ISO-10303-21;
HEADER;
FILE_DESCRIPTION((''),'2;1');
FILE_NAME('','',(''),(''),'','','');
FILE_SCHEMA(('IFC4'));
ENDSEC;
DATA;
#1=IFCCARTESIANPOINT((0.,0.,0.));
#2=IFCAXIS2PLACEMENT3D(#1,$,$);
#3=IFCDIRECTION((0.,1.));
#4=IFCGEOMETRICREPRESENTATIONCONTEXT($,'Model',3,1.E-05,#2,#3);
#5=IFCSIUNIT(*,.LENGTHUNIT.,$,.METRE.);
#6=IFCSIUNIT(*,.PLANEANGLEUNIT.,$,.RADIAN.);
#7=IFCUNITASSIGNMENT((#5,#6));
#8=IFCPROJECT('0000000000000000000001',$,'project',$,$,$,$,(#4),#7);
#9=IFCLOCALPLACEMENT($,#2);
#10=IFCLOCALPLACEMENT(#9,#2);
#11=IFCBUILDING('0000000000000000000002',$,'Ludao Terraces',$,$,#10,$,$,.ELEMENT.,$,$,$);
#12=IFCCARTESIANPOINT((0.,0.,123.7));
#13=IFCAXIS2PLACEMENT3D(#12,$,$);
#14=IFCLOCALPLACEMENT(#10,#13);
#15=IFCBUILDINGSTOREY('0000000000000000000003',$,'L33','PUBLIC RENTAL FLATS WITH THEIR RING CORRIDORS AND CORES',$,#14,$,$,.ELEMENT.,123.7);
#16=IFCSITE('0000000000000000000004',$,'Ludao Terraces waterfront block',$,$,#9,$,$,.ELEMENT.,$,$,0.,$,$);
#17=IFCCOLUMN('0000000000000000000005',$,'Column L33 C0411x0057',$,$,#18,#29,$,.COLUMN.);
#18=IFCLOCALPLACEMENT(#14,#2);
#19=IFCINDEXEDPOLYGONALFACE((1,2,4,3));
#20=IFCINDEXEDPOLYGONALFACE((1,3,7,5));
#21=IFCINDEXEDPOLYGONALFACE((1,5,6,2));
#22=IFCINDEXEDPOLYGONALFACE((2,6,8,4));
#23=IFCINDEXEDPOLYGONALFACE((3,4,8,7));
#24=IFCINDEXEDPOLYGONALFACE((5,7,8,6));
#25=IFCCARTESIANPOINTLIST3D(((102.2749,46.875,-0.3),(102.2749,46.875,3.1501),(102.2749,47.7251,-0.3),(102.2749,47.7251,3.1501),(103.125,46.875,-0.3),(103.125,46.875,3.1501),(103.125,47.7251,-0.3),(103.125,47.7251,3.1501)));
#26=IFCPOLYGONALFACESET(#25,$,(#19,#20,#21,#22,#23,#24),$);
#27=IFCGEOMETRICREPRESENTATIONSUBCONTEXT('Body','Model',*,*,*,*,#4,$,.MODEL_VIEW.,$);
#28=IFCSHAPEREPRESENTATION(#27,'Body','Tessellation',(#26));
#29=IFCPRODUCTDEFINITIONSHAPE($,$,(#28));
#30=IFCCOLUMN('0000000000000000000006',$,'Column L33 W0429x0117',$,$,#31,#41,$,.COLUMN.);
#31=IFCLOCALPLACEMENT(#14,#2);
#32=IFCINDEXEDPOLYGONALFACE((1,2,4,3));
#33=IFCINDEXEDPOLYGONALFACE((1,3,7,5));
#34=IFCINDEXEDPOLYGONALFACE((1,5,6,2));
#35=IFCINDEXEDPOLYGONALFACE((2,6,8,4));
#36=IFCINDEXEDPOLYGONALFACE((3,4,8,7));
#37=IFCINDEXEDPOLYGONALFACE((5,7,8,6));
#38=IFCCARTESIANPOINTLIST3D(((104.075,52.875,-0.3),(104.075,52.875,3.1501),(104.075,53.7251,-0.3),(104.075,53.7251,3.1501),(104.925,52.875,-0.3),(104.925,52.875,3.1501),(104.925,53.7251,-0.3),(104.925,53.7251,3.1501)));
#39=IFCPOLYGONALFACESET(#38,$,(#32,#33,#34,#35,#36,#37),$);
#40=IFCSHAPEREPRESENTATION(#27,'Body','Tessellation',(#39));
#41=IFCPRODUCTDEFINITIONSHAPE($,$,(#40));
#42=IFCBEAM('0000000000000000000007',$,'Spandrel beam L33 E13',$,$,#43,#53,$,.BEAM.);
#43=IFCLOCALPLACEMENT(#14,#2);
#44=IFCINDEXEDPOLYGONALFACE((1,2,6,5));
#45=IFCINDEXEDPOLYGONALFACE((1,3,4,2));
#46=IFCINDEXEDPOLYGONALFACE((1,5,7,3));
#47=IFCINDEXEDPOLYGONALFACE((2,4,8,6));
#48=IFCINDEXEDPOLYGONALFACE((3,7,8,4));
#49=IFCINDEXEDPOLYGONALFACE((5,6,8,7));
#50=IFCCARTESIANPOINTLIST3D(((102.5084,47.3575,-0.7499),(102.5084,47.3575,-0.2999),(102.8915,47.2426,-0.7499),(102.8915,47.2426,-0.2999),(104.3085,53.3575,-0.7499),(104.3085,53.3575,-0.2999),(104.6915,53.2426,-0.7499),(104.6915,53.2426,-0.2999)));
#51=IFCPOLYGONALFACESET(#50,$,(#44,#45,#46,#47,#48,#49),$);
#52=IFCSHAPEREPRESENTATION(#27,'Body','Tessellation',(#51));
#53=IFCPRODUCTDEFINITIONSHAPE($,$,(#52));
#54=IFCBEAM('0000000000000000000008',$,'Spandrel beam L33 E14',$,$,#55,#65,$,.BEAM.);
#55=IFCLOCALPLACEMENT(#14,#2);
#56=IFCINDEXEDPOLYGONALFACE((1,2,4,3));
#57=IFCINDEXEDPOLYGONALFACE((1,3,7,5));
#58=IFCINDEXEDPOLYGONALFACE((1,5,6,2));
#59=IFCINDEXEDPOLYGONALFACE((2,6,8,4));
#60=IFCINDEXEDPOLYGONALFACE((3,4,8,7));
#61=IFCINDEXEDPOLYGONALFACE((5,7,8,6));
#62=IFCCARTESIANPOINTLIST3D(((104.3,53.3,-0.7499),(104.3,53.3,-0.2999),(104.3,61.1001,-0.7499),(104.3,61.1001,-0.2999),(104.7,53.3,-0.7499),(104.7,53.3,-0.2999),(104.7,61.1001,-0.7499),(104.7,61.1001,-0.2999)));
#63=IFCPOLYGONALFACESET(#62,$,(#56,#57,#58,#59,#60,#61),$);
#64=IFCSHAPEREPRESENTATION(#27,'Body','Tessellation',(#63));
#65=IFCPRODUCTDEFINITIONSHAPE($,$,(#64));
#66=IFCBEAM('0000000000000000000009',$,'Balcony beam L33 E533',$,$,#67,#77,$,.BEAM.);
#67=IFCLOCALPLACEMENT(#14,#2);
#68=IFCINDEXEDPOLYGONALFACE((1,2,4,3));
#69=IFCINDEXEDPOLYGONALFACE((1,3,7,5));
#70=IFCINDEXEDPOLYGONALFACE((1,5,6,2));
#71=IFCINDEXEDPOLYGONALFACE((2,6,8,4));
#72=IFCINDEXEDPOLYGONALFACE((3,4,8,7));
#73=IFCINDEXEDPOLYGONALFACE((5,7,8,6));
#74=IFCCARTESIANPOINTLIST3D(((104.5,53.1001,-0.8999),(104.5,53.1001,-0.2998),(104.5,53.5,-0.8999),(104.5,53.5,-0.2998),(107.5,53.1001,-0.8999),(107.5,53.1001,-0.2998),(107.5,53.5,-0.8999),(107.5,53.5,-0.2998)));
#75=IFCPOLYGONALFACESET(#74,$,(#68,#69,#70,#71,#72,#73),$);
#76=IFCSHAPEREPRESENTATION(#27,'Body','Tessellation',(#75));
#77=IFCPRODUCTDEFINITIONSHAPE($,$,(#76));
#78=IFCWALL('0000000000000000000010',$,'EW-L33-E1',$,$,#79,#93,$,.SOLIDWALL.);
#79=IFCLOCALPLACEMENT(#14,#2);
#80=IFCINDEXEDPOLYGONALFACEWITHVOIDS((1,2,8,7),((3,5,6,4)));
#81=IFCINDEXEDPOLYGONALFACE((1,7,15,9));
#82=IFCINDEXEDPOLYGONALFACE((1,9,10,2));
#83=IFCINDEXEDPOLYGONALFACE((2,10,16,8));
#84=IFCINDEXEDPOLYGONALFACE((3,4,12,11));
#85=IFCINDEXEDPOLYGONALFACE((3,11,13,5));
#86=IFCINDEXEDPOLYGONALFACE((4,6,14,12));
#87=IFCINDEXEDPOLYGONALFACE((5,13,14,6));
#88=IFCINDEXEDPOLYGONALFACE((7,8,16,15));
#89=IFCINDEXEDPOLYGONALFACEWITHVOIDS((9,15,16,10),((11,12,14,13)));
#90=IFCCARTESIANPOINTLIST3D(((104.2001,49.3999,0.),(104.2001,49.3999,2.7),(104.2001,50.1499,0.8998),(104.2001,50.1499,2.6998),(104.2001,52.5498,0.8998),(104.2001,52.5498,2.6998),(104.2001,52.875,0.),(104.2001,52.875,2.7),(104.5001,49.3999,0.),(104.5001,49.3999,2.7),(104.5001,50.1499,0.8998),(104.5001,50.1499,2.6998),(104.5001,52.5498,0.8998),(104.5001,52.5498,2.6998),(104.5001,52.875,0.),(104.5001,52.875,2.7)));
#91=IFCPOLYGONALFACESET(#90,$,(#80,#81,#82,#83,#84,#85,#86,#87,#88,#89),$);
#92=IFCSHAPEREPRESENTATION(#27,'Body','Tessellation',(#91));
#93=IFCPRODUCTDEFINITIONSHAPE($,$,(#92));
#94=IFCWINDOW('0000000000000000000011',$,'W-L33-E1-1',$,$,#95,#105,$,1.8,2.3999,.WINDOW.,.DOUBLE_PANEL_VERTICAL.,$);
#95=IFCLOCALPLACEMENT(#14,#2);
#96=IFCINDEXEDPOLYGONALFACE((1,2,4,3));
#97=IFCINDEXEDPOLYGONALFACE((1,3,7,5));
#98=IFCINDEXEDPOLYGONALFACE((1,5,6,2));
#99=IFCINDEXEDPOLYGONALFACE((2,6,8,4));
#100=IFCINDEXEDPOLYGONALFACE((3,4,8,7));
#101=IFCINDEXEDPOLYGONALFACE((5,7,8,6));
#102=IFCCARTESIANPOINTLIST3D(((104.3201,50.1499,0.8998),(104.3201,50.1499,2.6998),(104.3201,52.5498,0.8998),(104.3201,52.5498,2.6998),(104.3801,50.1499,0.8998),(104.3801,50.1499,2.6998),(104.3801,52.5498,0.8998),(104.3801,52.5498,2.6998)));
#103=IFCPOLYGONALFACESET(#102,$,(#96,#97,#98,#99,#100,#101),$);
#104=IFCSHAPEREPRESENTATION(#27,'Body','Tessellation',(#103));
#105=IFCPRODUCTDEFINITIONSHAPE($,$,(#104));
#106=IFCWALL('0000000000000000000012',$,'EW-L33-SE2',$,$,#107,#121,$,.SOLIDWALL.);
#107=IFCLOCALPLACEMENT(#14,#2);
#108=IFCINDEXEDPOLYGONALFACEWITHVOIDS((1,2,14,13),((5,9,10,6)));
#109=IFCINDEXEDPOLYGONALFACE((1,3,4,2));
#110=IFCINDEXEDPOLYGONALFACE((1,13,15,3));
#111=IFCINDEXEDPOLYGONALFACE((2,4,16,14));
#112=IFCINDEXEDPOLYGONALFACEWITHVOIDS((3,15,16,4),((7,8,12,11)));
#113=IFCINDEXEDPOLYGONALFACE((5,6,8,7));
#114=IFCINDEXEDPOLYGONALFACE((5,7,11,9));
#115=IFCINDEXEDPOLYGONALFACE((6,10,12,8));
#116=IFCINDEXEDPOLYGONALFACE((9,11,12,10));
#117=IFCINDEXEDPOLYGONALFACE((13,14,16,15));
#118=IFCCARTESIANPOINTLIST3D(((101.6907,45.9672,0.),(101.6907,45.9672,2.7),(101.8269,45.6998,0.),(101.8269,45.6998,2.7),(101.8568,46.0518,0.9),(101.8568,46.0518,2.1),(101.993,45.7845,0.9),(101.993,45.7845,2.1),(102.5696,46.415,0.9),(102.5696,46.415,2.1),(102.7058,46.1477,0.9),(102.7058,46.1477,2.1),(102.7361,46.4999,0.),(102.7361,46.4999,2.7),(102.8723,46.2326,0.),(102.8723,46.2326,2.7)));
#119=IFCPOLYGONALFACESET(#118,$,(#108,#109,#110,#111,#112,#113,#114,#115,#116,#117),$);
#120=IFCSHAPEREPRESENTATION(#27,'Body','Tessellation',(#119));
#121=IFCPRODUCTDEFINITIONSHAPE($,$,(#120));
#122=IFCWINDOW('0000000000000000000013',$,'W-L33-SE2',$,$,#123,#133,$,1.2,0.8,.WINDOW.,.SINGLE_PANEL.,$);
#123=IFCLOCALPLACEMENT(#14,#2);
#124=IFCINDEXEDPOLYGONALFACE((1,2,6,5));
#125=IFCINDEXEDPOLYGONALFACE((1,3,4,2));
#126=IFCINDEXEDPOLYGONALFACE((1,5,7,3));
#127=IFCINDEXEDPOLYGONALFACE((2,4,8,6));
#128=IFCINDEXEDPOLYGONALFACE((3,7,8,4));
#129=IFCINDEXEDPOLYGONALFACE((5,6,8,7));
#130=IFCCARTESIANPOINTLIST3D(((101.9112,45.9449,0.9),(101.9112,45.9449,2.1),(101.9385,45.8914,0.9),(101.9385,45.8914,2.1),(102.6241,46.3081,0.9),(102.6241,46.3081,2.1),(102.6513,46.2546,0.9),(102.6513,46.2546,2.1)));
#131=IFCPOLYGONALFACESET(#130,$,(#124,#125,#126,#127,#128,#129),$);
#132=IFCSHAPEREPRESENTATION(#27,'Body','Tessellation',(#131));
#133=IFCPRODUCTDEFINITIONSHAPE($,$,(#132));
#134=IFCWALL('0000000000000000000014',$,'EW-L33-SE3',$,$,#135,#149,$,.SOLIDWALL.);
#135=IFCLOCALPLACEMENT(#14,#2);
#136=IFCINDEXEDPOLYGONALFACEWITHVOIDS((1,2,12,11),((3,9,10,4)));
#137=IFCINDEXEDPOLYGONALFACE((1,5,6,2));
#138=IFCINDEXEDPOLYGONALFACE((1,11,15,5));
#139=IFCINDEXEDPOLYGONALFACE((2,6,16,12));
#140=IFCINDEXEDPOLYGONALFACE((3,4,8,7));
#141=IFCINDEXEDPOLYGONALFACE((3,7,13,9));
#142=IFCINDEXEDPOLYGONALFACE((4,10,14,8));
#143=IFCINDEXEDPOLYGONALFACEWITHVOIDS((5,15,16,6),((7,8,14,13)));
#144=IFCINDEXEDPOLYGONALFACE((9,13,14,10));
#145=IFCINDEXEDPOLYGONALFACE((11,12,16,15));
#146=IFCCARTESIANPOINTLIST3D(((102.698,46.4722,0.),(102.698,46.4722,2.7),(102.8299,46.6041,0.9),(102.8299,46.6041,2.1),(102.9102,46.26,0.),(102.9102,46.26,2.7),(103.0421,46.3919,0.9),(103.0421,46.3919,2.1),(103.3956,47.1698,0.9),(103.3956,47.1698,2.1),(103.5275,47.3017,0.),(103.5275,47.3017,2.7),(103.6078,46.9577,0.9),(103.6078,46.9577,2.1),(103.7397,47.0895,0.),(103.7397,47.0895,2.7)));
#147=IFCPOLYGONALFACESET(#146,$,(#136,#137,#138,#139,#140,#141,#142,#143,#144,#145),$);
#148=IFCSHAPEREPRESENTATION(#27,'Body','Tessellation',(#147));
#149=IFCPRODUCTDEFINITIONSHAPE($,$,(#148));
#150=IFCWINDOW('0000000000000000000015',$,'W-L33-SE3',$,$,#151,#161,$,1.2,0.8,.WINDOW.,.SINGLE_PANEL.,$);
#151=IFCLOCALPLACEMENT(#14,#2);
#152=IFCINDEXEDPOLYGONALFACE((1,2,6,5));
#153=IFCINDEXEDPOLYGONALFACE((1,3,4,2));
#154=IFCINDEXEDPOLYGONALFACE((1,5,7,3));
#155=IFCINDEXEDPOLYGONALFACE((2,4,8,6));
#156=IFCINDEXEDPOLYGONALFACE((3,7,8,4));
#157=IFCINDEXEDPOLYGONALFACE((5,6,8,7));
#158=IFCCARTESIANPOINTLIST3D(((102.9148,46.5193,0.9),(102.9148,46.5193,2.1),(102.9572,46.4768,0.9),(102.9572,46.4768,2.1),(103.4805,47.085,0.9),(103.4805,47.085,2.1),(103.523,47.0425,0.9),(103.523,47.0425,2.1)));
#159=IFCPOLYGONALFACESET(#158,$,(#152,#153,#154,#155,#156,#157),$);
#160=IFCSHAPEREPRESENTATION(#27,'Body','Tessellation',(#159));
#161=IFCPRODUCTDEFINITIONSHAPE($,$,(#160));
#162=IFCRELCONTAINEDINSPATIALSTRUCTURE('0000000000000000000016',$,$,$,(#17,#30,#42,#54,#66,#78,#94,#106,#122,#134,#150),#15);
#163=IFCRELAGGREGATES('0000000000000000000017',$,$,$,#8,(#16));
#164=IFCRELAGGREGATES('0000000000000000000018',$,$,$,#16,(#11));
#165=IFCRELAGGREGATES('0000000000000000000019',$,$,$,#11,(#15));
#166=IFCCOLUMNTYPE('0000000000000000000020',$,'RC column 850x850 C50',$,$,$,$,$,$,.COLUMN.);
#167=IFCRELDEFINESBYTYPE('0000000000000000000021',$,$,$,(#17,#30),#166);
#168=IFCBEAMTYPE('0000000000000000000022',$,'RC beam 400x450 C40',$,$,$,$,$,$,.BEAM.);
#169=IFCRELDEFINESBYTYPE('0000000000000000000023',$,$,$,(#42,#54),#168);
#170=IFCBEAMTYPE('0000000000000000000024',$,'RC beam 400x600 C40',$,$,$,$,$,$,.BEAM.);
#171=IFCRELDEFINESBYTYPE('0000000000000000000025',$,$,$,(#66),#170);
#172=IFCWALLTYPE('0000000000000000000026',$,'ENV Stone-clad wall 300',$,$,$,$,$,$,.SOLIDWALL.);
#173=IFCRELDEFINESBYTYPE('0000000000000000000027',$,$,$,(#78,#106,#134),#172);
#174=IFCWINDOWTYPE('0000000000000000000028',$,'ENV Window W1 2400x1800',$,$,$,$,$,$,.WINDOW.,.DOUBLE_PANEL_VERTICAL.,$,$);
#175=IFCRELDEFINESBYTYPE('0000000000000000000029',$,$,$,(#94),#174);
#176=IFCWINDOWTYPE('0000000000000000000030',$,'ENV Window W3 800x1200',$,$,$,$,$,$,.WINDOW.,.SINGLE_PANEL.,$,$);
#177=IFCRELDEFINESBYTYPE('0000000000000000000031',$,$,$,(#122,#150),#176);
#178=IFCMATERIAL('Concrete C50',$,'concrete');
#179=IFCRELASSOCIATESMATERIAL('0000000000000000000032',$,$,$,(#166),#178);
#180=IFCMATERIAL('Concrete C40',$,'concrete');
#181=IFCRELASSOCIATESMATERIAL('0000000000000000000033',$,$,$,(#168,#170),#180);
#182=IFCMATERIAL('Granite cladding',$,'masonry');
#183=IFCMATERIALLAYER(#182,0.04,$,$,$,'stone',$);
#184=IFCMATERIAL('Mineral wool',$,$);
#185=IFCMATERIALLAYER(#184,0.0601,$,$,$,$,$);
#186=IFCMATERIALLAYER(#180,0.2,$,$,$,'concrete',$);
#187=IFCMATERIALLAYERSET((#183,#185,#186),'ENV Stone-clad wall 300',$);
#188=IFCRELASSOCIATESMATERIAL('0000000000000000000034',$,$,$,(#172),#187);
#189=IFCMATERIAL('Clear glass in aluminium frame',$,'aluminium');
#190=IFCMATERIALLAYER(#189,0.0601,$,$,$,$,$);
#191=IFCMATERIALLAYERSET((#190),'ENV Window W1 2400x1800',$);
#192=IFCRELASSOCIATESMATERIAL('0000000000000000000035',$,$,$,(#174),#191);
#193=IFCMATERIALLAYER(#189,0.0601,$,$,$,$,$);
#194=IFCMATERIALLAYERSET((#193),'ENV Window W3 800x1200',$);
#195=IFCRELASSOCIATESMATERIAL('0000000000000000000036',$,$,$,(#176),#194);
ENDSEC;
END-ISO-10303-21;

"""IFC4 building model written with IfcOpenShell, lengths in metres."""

from ifc_helpers import new_model, si_unit, direction, frame, frame_2d, origin, origin_2d, place, context, subcontext, project, spatial, rectangle, extrude, material, layer, layer_set, material_profile, profile_set, type_object, element, fill, save


model = new_model("IFC4")

# Units and contexts
model_context = context("Model", 3, precision=1e-05, world=origin(), true_north=direction((0.0, 1.0)))
body_context = subcontext(model_context, "Body", "Model", "MODEL_VIEW")
ifc_project = project(units=[si_unit("LENGTHUNIT", "METRE"), si_unit("PLANEANGLEUNIT", "RADIAN")], contexts=[model_context])

# Site, building, storey
site_placement = place(None, origin())
site = spatial("IfcSite", under=ifc_project, at=site_placement, Name="Ludao Terraces waterfront block", CompositionType="ELEMENT", RefElevation=0.0)
building_placement = place(site_placement, origin())
building = spatial("IfcBuilding", under=site, at=building_placement, Name="Ludao Terraces", CompositionType="ELEMENT")
storey_placement = place(building_placement, frame((0.0, 0.0, 123.7)))
storey = spatial("IfcBuildingStorey", under=building, at=storey_placement, Name="L33", Description="PUBLIC RENTAL FLATS WITH THEIR RING CORRIDORS AND CORES", CompositionType="ELEMENT", Elevation=123.7)

# Columns
ifc_material_1 = material(Name="Concrete C50", Category="concrete")
ifc_material_profile_1 = material_profile(ifc_material_1, rectangle(XDim=0.8501, YDim=0.8501, at=origin_2d()), Name="850 X 850")
ifc_profile_set_1 = profile_set([ifc_material_profile_1], Name="Concrete C50")
column_type = type_object("IfcColumnType", Name="RC column 850x850 C50", PredefinedType="COLUMN", material=ifc_profile_set_1)
for number, where, z_axis, x_axis, name in (
    (1, (102.7, 47.3, -0.3), (0.0, 0.0, 1.0), (1.0, 0.0, 0.0), "Column L33 C0411x0057"),
    (2, (104.5, 53.3, -0.3), (0.0, 0.0, 1.0), (1.0, 0.0, 0.0), "Column L33 W0429x0117"),
):
    element("IfcColumn", number, at=place(storey_placement, frame(where, z_axis=z_axis, x_axis=x_axis)), inside=storey, type_object=column_type, Name=name, PredefinedType="COLUMN", context=body_context, shape_type="SweptSolid", body=[
        extrude(rectangle(XDim=0.8501, YDim=0.8501, at=origin_2d()), origin(), (0.0, 0.0, 1.0), 3.4502),
    ])

# Beams
ifc_material_2 = material(Name="Concrete C40", Category="concrete")
ifc_material_profile_2 = material_profile(ifc_material_2, rectangle(XDim=0.3999, YDim=0.45, at=origin_2d()), Name="400 X 450")
ifc_profile_set_2 = profile_set([ifc_material_profile_2], Name="Concrete C40")
beam_type_1 = type_object("IfcBeamType", Name="RC beam 400x450 C40", PredefinedType="BEAM", material=ifc_profile_set_2)
beam_1_placement = place(storey_placement, frame((102.7, 47.3, -0.5249), z_axis=(0.287355, 0.957824, 0.0), x_axis=(-0.957824, 0.287355, 0.0)))
element("IfcBeam", 3, at=beam_1_placement, inside=storey, type_object=beam_type_1, Name="Spandrel beam L33 E13", PredefinedType="BEAM", context=body_context, shape_type="SweptSolid", body=[
    extrude(rectangle(XDim=0.3999, YDim=0.45, at=origin_2d()), origin(), (0.0, 0.0, 1.0), 6.2642),
])
beam_2_placement = place(storey_placement, frame((104.5, 53.3, -0.5249), z_axis=(0.0, 1.0, 0.0), x_axis=(-1.0, 0.0, 0.0)))
element("IfcBeam", 4, at=beam_2_placement, inside=storey, type_object=beam_type_1, Name="Spandrel beam L33 E14", PredefinedType="BEAM", context=body_context, shape_type="SweptSolid", body=[
    extrude(rectangle(XDim=0.3999, YDim=0.45, at=origin_2d()), origin(), (0.0, 0.0, 1.0), 7.8),
])
ifc_material_profile_3 = material_profile(ifc_material_2, rectangle(XDim=0.3999, YDim=0.6001, at=origin_2d()), Name="400 X 600")
ifc_profile_set_3 = profile_set([ifc_material_profile_3], Name="Concrete C40")
beam_type_2 = type_object("IfcBeamType", Name="RC beam 400x600 C40", PredefinedType="BEAM", material=ifc_profile_set_3)
beam_3_placement = place(storey_placement, frame((104.5, 53.3, -0.5999), z_axis=(1.0, 0.0, 0.0), x_axis=(0.0, 1.0, 0.0)))
element("IfcBeam", 5, at=beam_3_placement, inside=storey, type_object=beam_type_2, Name="Balcony beam L33 E533", PredefinedType="BEAM", context=body_context, shape_type="SweptSolid", body=[
    extrude(rectangle(XDim=0.3999, YDim=0.6001, at=origin_2d()), origin(), (0.0, 0.0, 1.0), 3.0),
])

# Walls, openings, windows
ifc_material_3 = material(Name="Granite cladding", Category="masonry")
ifc_layer_1 = layer(ifc_material_3, 0.04, Category="stone")
ifc_material_4 = material(Name="Mineral wool")
ifc_layer_2 = layer(ifc_material_4, 0.0601)
ifc_layer_3 = layer(ifc_material_2, 0.2, Category="concrete")
ifc_layer_set_1 = layer_set([ifc_layer_1, ifc_layer_2, ifc_layer_3], Name="ENV Stone-clad wall 300")
wall_type = type_object("IfcWallType", Name="ENV Stone-clad wall 300", PredefinedType="SOLIDWALL", material=ifc_layer_set_1)
wall_1_placement = place(storey_placement, frame((104.3501, 49.3999, 0.0), z_axis=(0.0, 0.0, 1.0), x_axis=(0.0, 1.0, 0.0)))
wall_1 = element("IfcWall", 6, at=wall_1_placement, inside=storey, type_object=wall_type, Name="EW-L33-E1", PredefinedType="SOLIDWALL", context=body_context, shape_type="SweptSolid", body=[
    extrude(rectangle(XDim=3.4751, YDim=0.3, at=frame_2d((1.7375, 0.0))), origin(), (0.0, 0.0, 1.0), 2.7),
])
opening_1_placement = place(wall_1_placement, frame((0.75, 0.0, 0.8999)))
opening_1 = element("IfcOpeningElement", 7, at=opening_1_placement, cuts=wall_1, PredefinedType="OPENING", context=body_context, shape_type="SweptSolid", body=[
    extrude(rectangle(XDim=2.3999, YDim=1.8, at=frame_2d((1.2, 0.8999))), frame((0.0, 0.1602, 0.0), z_axis=(0.0, -1.0, 0.0), x_axis=(1.0, 0.0, 0.0)), (0.0, 0.0, 1.0), 0.3201),
])
ifc_material_5 = material(Name="Clear glass in aluminium frame", Category="aluminium")
ifc_layer_4 = layer(ifc_material_5, 0.0601)
ifc_layer_set_2 = layer_set([ifc_layer_4], Name="ENV Window W1 2400x1800")
window_type_1 = type_object("IfcWindowType", Name="ENV Window W1 2400x1800", PartitioningType="DOUBLE_PANEL_VERTICAL", PredefinedType="WINDOW", material=ifc_layer_set_2)
window_1_placement = place(opening_1_placement, origin())
window_1 = element("IfcWindow", 8, at=window_1_placement, inside=storey, type_object=window_type_1, Name="W-L33-E1-1", OverallHeight=1.8, OverallWidth=2.3999, PartitioningType="DOUBLE_PANEL_VERTICAL", PredefinedType="WINDOW", context=body_context, shape_type="SweptSolid", body=[
    extrude(rectangle(XDim=2.3999, YDim=1.8, at=frame_2d((1.2, 0.8999))), frame((0.0, 0.03, 0.0), z_axis=(0.0, -1.0, 0.0), x_axis=(1.0, 0.0, 0.0)), (0.0, 0.0, 1.0), 0.0601),
])
fill(opening_1, window_1)
wall_2_placement = place(storey_placement, frame((101.7588, 45.8335, 0.0), z_axis=(0.0, 0.0, 1.0), x_axis=(0.890989, 0.454026, 0.0)))
wall_2 = element("IfcWall", 9, at=wall_2_placement, inside=storey, type_object=wall_type, Name="EW-L33-SE2", PredefinedType="SOLIDWALL", context=body_context, shape_type="SweptSolid", body=[
    extrude(rectangle(XDim=1.1733, YDim=0.3, at=frame_2d((0.5867, 0.0))), origin(), (0.0, 0.0, 1.0), 2.7),
])
opening_2_placement = place(wall_2_placement, frame((0.1865, 0.0, 0.8999)))
opening_2 = element("IfcOpeningElement", 10, at=opening_2_placement, cuts=wall_2, PredefinedType="OPENING", context=body_context, shape_type="SweptSolid", body=[
    extrude(rectangle(XDim=0.8, YDim=1.2, at=frame_2d((0.3999, 0.6001))), frame((0.0, 0.1602, 0.0), z_axis=(0.0, -1.0, 0.0), x_axis=(1.0, 0.0, 0.0)), (0.0, 0.0, 1.0), 0.3201),
])
ifc_layer_5 = layer(ifc_material_5, 0.0601)
ifc_layer_set_3 = layer_set([ifc_layer_5], Name="ENV Window W3 800x1200")
window_type_2 = type_object("IfcWindowType", Name="ENV Window W3 800x1200", PartitioningType="SINGLE_PANEL", PredefinedType="WINDOW", material=ifc_layer_set_3)
window_2_placement = place(opening_2_placement, origin())
window_2 = element("IfcWindow", 11, at=window_2_placement, inside=storey, type_object=window_type_2, Name="W-L33-SE2", OverallHeight=1.2, OverallWidth=0.8, PartitioningType="SINGLE_PANEL", PredefinedType="WINDOW", context=body_context, shape_type="SweptSolid", body=[
    extrude(rectangle(XDim=0.8, YDim=1.2, at=frame_2d((0.3999, 0.6001))), frame((0.0, 0.03, 0.0), z_axis=(0.0, -1.0, 0.0), x_axis=(1.0, 0.0, 0.0)), (0.0, 0.0, 1.0), 0.0601),
])
fill(opening_2, window_2)
wall_3_placement = place(storey_placement, frame((102.8042, 46.3662, 0.0), z_axis=(0.0, 0.0, 1.0), x_axis=(0.707107, 0.707107, 0.0)))
wall_3 = element("IfcWall", 12, at=wall_3_placement, inside=storey, type_object=wall_type, Name="EW-L33-SE3", PredefinedType="SOLIDWALL", context=body_context, shape_type="SweptSolid", body=[
    extrude(rectangle(XDim=1.1731, YDim=0.3, at=frame_2d((0.5864, 0.0))), origin(), (0.0, 0.0, 1.0), 2.7),
])
opening_3_placement = place(wall_3_placement, frame((0.1865, 0.0, 0.8999)))
opening_3 = element("IfcOpeningElement", 13, at=opening_3_placement, cuts=wall_3, PredefinedType="OPENING", context=body_context, shape_type="SweptSolid", body=[
    extrude(rectangle(XDim=0.8, YDim=1.2, at=frame_2d((0.3999, 0.6001))), frame((0.0, 0.1602, 0.0), z_axis=(0.0, -1.0, 0.0), x_axis=(1.0, 0.0, 0.0)), (0.0, 0.0, 1.0), 0.3201),
])
window_3_placement = place(opening_3_placement, origin())
window_3 = element("IfcWindow", 14, at=window_3_placement, inside=storey, type_object=window_type_2, Name="W-L33-SE3", OverallHeight=1.2, OverallWidth=0.8, PartitioningType="SINGLE_PANEL", PredefinedType="WINDOW", context=body_context, shape_type="SweptSolid", body=[
    extrude(rectangle(XDim=0.8, YDim=1.2, at=frame_2d((0.3999, 0.6001))), frame((0.0, 0.03, 0.0), z_axis=(0.0, -1.0, 0.0), x_axis=(1.0, 0.0, 0.0)), (0.0, 0.0, 1.0), 0.0601),
])
fill(opening_3, window_3)

save(model, "model.ifc")
